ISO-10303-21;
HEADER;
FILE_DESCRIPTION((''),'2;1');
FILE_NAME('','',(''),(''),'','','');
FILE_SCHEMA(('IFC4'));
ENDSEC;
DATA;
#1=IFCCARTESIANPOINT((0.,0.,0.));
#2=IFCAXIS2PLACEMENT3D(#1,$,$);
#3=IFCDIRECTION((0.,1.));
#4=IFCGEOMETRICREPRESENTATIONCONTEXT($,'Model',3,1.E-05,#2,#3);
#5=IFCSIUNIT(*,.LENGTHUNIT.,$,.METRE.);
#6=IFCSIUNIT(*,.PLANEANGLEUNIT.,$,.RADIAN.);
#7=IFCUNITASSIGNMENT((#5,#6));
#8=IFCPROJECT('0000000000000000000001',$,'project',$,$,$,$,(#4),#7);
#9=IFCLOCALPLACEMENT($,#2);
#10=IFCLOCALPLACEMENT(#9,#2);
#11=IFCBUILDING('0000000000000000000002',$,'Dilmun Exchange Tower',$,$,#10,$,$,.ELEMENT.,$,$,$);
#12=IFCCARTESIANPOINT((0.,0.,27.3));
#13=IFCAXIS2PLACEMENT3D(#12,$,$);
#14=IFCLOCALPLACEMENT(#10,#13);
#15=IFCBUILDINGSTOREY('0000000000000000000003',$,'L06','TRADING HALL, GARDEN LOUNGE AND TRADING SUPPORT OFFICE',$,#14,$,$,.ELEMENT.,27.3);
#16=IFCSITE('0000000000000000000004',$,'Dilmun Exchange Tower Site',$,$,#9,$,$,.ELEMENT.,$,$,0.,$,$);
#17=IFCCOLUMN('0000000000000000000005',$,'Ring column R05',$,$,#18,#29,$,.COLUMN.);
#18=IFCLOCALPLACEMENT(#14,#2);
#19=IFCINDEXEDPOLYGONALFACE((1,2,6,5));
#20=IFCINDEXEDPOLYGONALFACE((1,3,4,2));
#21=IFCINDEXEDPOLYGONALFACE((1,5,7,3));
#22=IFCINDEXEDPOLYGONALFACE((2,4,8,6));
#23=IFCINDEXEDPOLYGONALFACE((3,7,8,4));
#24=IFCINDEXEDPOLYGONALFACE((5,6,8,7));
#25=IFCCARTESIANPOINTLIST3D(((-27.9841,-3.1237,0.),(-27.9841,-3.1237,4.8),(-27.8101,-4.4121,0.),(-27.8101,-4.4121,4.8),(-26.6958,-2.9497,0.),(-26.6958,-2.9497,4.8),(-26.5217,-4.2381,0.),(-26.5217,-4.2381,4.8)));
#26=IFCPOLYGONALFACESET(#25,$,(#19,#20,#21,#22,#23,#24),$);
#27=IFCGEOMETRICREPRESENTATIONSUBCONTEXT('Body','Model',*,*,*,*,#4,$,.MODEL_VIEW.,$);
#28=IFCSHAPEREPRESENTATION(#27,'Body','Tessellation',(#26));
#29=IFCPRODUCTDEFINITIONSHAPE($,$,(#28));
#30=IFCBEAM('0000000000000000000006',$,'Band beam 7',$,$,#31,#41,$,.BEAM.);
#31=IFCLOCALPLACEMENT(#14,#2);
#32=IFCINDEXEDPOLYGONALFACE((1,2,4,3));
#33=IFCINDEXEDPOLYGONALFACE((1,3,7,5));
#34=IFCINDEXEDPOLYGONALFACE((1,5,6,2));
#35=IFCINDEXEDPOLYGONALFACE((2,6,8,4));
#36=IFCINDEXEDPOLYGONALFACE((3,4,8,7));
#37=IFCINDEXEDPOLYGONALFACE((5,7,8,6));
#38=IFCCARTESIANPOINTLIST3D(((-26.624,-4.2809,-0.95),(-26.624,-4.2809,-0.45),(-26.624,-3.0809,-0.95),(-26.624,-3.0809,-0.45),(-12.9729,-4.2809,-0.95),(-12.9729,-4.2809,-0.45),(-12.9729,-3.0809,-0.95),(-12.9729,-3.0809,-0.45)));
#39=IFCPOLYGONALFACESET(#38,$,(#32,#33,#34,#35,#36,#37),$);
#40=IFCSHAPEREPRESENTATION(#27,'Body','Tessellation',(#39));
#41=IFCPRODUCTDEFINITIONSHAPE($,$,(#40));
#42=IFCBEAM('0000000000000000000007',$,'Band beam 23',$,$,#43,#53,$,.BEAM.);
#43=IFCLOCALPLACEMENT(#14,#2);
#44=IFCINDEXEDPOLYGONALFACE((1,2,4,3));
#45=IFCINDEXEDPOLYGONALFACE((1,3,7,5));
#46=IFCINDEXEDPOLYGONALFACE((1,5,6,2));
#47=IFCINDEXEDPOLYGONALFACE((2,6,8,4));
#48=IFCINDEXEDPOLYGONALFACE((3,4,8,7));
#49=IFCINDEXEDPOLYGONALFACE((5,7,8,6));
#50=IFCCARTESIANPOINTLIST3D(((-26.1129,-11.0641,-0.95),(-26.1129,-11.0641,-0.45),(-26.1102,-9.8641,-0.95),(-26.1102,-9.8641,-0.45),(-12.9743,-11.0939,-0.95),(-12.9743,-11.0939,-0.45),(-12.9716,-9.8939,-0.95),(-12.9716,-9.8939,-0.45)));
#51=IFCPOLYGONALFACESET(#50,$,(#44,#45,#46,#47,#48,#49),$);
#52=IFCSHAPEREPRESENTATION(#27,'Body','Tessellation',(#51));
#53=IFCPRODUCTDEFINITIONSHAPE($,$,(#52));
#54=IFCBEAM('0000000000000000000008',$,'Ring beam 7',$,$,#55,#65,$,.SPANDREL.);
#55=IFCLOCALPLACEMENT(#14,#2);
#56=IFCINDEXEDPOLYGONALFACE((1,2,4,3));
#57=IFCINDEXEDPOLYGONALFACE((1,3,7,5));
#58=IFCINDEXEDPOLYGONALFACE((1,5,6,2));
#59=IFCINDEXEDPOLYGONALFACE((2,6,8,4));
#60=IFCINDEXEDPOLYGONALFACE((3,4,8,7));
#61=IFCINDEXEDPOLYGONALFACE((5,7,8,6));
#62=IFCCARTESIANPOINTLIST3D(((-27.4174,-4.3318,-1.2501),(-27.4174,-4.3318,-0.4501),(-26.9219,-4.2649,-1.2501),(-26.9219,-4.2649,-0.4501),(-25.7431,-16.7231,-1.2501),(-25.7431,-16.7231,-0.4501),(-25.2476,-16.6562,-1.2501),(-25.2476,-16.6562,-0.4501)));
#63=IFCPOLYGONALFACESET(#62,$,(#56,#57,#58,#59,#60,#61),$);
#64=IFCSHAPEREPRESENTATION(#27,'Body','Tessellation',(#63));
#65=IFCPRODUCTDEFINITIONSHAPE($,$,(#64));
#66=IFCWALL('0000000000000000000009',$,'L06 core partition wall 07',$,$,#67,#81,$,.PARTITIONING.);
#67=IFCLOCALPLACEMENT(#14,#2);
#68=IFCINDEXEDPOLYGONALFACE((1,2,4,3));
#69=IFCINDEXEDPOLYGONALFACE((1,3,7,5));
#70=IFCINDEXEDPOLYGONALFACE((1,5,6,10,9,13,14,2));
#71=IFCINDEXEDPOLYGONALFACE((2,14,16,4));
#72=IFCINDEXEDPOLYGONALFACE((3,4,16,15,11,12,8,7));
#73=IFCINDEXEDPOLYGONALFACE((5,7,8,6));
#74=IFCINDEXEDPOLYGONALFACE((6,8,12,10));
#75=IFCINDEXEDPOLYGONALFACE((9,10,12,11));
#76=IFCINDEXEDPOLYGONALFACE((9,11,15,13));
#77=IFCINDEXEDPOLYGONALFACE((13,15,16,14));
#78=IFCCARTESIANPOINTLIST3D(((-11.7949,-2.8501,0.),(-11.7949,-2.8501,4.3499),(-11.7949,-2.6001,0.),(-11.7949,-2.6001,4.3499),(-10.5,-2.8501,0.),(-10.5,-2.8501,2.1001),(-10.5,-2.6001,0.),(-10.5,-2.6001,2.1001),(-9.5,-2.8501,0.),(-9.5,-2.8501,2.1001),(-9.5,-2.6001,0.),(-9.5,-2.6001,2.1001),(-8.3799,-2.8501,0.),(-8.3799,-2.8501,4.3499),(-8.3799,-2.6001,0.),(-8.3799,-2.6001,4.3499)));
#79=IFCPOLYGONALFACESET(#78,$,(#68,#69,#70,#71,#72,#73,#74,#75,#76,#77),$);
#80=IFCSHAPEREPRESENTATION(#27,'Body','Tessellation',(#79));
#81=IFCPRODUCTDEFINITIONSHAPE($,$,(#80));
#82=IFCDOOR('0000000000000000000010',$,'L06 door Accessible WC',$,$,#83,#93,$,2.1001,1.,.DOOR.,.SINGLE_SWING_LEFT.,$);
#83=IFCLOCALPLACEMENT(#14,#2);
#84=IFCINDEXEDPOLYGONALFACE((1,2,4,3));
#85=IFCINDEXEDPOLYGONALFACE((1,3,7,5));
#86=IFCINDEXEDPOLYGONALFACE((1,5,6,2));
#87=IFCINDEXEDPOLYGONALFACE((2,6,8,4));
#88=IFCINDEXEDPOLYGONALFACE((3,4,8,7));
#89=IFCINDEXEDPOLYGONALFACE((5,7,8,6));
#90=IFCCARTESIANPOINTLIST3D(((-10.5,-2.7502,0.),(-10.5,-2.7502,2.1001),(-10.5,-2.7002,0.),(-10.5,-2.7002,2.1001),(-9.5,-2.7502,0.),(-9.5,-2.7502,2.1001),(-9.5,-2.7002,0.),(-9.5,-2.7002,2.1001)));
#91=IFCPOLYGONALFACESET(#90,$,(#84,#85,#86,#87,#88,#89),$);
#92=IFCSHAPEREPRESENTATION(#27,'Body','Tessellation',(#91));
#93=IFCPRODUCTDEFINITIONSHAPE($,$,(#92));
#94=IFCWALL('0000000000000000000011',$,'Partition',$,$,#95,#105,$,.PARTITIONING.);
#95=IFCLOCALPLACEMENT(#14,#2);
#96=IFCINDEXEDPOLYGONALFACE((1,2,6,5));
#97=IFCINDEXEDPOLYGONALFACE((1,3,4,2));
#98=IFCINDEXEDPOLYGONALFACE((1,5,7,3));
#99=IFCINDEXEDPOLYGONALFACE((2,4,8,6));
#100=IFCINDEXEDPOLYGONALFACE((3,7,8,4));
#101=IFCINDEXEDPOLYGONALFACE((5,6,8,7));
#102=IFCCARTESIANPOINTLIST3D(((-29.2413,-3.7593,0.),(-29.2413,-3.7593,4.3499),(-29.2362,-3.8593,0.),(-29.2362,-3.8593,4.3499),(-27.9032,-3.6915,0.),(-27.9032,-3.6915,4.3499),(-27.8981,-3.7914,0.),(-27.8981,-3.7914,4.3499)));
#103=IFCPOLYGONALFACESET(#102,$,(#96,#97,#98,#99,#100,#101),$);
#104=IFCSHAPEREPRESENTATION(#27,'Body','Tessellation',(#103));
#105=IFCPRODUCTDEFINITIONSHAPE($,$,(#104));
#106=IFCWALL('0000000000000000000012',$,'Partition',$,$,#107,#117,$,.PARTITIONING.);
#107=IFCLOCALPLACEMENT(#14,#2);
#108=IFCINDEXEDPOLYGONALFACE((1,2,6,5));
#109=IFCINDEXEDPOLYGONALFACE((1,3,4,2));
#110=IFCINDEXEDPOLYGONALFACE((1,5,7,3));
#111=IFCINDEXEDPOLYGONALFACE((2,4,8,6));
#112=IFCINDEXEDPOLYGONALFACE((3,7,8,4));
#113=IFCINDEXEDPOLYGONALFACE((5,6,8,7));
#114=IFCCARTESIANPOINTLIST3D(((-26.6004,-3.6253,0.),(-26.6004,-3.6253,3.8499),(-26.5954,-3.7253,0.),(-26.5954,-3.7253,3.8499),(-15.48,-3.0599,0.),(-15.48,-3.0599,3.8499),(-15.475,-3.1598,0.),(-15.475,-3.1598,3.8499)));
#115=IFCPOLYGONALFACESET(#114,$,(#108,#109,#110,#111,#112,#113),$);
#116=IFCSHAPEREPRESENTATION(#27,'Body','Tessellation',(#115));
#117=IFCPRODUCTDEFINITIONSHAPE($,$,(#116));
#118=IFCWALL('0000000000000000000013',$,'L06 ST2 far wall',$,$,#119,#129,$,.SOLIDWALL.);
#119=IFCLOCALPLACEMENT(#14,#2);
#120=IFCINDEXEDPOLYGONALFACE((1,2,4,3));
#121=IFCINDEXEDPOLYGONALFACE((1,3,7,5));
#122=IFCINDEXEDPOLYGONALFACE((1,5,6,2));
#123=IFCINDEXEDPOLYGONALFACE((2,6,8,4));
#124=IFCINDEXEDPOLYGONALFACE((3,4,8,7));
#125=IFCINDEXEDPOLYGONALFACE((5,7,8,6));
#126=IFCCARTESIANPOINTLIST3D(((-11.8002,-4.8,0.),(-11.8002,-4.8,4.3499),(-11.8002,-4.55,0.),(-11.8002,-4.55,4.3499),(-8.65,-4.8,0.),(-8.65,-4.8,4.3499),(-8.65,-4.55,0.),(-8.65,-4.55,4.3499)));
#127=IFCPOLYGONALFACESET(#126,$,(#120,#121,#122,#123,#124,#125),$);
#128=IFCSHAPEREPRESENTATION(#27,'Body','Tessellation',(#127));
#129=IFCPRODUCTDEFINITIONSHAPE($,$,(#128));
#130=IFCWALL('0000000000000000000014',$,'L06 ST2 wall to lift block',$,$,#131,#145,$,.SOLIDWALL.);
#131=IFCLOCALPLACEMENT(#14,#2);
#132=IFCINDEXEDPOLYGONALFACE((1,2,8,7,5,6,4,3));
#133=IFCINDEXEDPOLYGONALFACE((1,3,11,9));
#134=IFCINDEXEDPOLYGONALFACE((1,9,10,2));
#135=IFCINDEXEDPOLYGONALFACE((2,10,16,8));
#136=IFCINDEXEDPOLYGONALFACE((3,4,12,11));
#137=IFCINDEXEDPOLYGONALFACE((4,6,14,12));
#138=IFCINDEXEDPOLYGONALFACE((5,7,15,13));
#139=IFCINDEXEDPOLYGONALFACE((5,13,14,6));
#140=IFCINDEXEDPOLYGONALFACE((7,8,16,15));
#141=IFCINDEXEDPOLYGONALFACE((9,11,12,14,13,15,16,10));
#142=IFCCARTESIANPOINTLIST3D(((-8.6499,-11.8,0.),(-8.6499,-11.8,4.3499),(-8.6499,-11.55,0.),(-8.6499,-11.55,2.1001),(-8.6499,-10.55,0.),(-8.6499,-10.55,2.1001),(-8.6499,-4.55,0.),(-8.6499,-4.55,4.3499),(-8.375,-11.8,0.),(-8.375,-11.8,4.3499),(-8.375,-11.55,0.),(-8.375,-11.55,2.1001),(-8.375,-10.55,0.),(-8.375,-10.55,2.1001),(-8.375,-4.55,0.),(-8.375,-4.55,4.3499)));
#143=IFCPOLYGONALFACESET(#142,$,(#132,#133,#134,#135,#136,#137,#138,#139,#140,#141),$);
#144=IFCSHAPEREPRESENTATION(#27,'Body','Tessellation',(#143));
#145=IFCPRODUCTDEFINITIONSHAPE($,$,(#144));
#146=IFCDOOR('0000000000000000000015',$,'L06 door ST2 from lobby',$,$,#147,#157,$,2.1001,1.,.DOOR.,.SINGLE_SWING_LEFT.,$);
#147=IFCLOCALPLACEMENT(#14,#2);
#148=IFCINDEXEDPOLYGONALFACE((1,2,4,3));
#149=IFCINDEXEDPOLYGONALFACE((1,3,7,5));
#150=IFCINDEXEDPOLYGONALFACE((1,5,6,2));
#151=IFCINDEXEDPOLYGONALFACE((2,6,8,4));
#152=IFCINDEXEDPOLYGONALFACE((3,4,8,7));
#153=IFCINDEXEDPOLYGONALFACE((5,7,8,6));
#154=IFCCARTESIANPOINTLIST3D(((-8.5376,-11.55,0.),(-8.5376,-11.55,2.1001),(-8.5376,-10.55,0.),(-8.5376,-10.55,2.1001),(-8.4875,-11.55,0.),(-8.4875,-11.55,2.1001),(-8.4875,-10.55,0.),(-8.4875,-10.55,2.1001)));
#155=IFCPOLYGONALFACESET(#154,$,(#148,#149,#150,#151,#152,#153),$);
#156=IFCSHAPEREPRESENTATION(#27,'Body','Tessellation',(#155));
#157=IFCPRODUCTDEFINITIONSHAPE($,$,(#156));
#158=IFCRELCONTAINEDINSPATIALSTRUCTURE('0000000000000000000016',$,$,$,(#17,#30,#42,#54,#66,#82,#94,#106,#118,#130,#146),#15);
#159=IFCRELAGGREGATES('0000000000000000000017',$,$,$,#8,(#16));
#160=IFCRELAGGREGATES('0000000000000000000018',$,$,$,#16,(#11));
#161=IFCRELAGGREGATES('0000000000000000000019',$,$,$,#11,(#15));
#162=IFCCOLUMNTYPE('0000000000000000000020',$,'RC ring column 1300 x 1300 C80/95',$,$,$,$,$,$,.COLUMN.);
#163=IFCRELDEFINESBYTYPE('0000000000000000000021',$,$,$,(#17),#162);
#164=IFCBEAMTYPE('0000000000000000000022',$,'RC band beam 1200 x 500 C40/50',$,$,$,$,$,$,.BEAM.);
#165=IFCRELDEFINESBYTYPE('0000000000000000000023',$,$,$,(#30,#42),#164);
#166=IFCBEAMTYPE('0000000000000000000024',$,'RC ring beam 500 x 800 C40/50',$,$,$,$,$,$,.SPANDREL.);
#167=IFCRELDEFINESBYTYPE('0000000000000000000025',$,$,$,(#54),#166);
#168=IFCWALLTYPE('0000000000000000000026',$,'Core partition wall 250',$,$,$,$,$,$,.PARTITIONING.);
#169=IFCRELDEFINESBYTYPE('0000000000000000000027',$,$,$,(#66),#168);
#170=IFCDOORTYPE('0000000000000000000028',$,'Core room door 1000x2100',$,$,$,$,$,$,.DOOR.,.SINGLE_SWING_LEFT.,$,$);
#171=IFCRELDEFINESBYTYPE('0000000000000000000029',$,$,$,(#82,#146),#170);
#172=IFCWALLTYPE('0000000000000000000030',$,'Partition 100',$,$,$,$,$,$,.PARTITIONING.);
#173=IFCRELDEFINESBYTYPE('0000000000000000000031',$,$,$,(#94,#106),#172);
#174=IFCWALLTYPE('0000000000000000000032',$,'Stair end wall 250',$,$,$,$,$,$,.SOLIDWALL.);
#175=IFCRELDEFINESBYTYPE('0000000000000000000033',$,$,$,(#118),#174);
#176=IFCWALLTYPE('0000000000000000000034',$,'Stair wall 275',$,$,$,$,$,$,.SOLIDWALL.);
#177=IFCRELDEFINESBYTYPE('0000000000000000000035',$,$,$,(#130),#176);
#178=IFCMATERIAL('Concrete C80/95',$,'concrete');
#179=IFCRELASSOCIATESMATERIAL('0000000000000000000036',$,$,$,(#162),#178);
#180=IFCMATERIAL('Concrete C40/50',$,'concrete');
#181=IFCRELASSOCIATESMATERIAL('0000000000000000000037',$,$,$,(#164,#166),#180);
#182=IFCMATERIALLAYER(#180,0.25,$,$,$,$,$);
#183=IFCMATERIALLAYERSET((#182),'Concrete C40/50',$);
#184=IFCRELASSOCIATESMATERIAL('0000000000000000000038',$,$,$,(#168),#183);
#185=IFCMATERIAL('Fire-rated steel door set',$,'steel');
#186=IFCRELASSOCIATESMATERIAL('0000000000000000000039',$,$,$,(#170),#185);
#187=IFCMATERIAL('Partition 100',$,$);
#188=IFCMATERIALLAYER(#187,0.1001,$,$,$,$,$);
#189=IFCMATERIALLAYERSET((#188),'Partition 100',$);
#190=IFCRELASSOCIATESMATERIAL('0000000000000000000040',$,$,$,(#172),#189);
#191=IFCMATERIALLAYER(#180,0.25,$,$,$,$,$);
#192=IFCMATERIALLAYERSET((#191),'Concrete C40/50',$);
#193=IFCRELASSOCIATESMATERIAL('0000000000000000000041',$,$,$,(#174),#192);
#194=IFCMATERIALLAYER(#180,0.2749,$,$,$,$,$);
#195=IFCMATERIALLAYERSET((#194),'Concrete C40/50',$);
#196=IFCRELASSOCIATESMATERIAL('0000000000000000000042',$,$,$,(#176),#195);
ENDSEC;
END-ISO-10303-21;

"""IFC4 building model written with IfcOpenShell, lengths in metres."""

from ifc_helpers import new_model, si_unit, direction, frame, frame_2d, origin, origin_2d, place, context, subcontext, project, spatial, rectangle, extrude, material, layer, layer_set, material_profile, profile_set, type_object, element, fill, save


model = new_model("IFC4")

# Units and contexts
model_context = context("Model", 3, precision=1e-05, world=origin(), true_north=direction((0.0, 1.0)))
body_context = subcontext(model_context, "Body", "Model", "MODEL_VIEW")
ifc_project = project(units=[si_unit("LENGTHUNIT", "METRE"), si_unit("PLANEANGLEUNIT", "RADIAN")], contexts=[model_context])

# Site, building, storey
site_placement = place(None, origin())
site = spatial("IfcSite", under=ifc_project, at=site_placement, Name="Dilmun Exchange Tower Site", CompositionType="ELEMENT", RefElevation=0.0)
building_placement = place(site_placement, origin())
building = spatial("IfcBuilding", under=site, at=building_placement, Name="Dilmun Exchange Tower", CompositionType="ELEMENT")
storey_placement = place(building_placement, frame((0.0, 0.0, 27.3)))
storey = spatial("IfcBuildingStorey", under=building, at=storey_placement, Name="L06", Description="TRADING HALL, GARDEN LOUNGE AND TRADING SUPPORT OFFICE", CompositionType="ELEMENT", Elevation=27.3)

# Column
ifc_material_1 = material(Name="Concrete C80/95", Category="concrete")
ifc_material_profile_1 = material_profile(ifc_material_1, rectangle(XDim=1.3, YDim=1.3, at=origin_2d()), Name="1300 x 1300")
ifc_profile_set_1 = profile_set([ifc_material_profile_1], Name="Concrete C80/95")
column_type = type_object("IfcColumnType", Name="RC ring column 1300 x 1300 C80/95", PredefinedType="COLUMN", material=ifc_profile_set_1)
column_placement = place(storey_placement, frame((-27.2529, -3.6809, 0.0), z_axis=(0.0, 0.0, 1.0), x_axis=(0.991001, 0.133853, 0.0)))
element("IfcColumn", 1, at=column_placement, inside=storey, type_object=column_type, Name="Ring column R05", PredefinedType="COLUMN", context=body_context, shape_type="SweptSolid", body=[
    extrude(rectangle(XDim=1.3, YDim=1.3, at=origin_2d()), origin(), (0.0, 0.0, 1.0), 4.8),
])

# Beams
ifc_material_2 = material(Name="Concrete C40/50", Category="concrete")
ifc_material_profile_2 = material_profile(ifc_material_2, rectangle(XDim=1.2, YDim=0.5, at=origin_2d()), Name="1200 x 500")
ifc_profile_set_2 = profile_set([ifc_material_profile_2], Name="Concrete C40/50")
beam_type_1 = type_object("IfcBeamType", Name="RC band beam 1200 x 500 C40/50", PredefinedType="BEAM", material=ifc_profile_set_2)
beam_1_placement = place(storey_placement, frame((-26.624, -3.6809, -0.7), z_axis=(1.0, 0.0, 0.0), x_axis=(0.0, 1.0, 0.0)))
element("IfcBeam", 2, at=beam_1_placement, inside=storey, type_object=beam_type_1, Name="Band beam 7", PredefinedType="BEAM", context=body_context, shape_type="SweptSolid", body=[
    extrude(rectangle(XDim=1.2, YDim=0.5, at=origin_2d()), origin(), (0.0, 0.0, 1.0), 13.6511),
])
beam_2_placement = place(storey_placement, frame((-26.1116, -10.4641, -0.7), z_axis=(0.999997, -0.002267, 0.0), x_axis=(0.002267, 0.999997, 0.0)))
element("IfcBeam", 3, at=beam_2_placement, inside=storey, type_object=beam_type_1, Name="Band beam 23", PredefinedType="BEAM", context=body_context, shape_type="SweptSolid", body=[
    extrude(rectangle(XDim=1.2, YDim=0.5, at=origin_2d()), origin(), (0.0, 0.0, 1.0), 13.1387),
])
ifc_material_profile_3 = material_profile(ifc_material_2, rectangle(XDim=0.5, YDim=0.8, at=origin_2d()), Name="500 x 800")
ifc_profile_set_3 = profile_set([ifc_material_profile_3], Name="Concrete C40/50")
beam_type_2 = type_object("IfcBeamType", Name="RC ring beam 500 x 800 C40/50", PredefinedType="SPANDREL", material=ifc_profile_set_3)
beam_3_placement = place(storey_placement, frame((-27.1697, -4.2983, -0.8501), z_axis=(0.133903, -0.990994, 0.0), x_axis=(0.990994, 0.133903, 0.0)))
element("IfcBeam", 4, at=beam_3_placement, inside=storey, type_object=beam_type_2, Name="Ring beam 7", PredefinedType="SPANDREL", context=body_context, shape_type="SweptSolid", body=[
    extrude(rectangle(XDim=0.5, YDim=0.8, at=origin_2d()), origin(), (0.0, 0.0, 1.0), 12.5039),
])

# Wall, opening, door
ifc_layer_1 = layer(ifc_material_2, 0.25)
ifc_layer_set_1 = layer_set([ifc_layer_1], Name="Concrete C40/50")
wall_type_1 = type_object("IfcWallType", Name="Core partition wall 250", PredefinedType="PARTITIONING", material=ifc_layer_set_1)
wall_1_placement = place(storey_placement, frame((-11.7949, -2.7251, 0.0), z_axis=(0.0, 0.0, 1.0), x_axis=(1.0, 0.0, 0.0)))
wall_1 = element("IfcWall", 5, at=wall_1_placement, inside=storey, type_object=wall_type_1, Name="L06 core partition wall 07", PredefinedType="PARTITIONING", context=body_context, shape_type="SweptSolid", body=[
    extrude(rectangle(XDim=3.415, YDim=0.25, at=frame_2d((1.7075, 0.0))), origin(), (0.0, 0.0, 1.0), 4.3499),
])
opening_1_placement = place(wall_1_placement, frame((1.2949, 0.0, 0.0)))
opening_1 = element("IfcOpeningElement", 6, at=opening_1_placement, cuts=wall_1, PredefinedType="OPENING", context=body_context, shape_type="SweptSolid", body=[
    extrude(rectangle(XDim=1.0, YDim=2.1001, at=frame_2d((0.5, 1.05))), frame((0.0, 0.135, 0.0), z_axis=(0.0, -1.0, 0.0), x_axis=(1.0, 0.0, 0.0)), (0.0, 0.0, 1.0), 0.27),
])
ifc_material_3 = material(Name="Fire-rated steel door set", Category="steel")
door_type = type_object("IfcDoorType", Name="Core room door 1000x2100", OperationType="SINGLE_SWING_LEFT", PredefinedType="DOOR", material=ifc_material_3)
door_1_placement = place(opening_1_placement, origin())
door_1 = element("IfcDoor", 7, at=door_1_placement, inside=storey, type_object=door_type, Name="L06 door Accessible WC", OperationType="SINGLE_SWING_LEFT", OverallHeight=2.1001, OverallWidth=1.0, PredefinedType="DOOR", context=body_context, shape_type="SweptSolid", body=[
    extrude(rectangle(XDim=1.0, YDim=2.1001, at=frame_2d((0.5, 1.05))), frame((0.0, 0.0249, 0.0), z_axis=(0.0, -1.0, 0.0), x_axis=(1.0, 0.0, 0.0)), (0.0, 0.0, 1.0), 0.05),
])
fill(opening_1, door_1)

# Walls
ifc_material_4 = material(Name="Partition 100")
ifc_layer_2 = layer(ifc_material_4, 0.1001)
ifc_layer_set_2 = layer_set([ifc_layer_2], Name="Partition 100")
wall_type_2 = type_object("IfcWallType", Name="Partition 100", PredefinedType="PARTITIONING", material=ifc_layer_set_2)
wall_2_placement = place(storey_placement, frame((-29.2388, -3.8093, 0.0), z_axis=(0.0, 0.0, 1.0), x_axis=(0.998716, 0.050656, 0.0)))
element("IfcWall", 8, at=wall_2_placement, inside=storey, type_object=wall_type_2, Name="Partition", PredefinedType="PARTITIONING", context=body_context, shape_type="SweptSolid", body=[
    extrude(rectangle(XDim=1.3398, YDim=0.1001, at=frame_2d((0.6699, 0.0))), origin(), (0.0, 0.0, 1.0), 4.3499),
])
wall_3_placement = place(storey_placement, frame((-26.5979, -3.6753, 0.0), z_axis=(0.0, 0.0, 1.0), x_axis=(0.99871, 0.050781, 0.0)))
element("IfcWall", 9, at=wall_3_placement, inside=storey, type_object=wall_type_2, Name="Partition", PredefinedType="PARTITIONING", context=body_context, shape_type="SweptSolid", body=[
    extrude(rectangle(XDim=11.1348, YDim=0.1001, at=frame_2d((5.5674, 0.0))), origin(), (0.0, 0.0, 1.0), 3.8499),
])
ifc_layer_3 = layer(ifc_material_2, 0.25)
ifc_layer_set_3 = layer_set([ifc_layer_3], Name="Concrete C40/50")
wall_type_3 = type_object("IfcWallType", Name="Stair end wall 250", PredefinedType="SOLIDWALL", material=ifc_layer_set_3)
wall_4_placement = place(storey_placement, frame((-8.6499, -4.675, 0.0), z_axis=(0.0, 0.0, 1.0), x_axis=(-1.0, 0.0, 0.0)))
element("IfcWall", 10, at=wall_4_placement, inside=storey, type_object=wall_type_3, Name="L06 ST2 far wall", PredefinedType="SOLIDWALL", context=body_context, shape_type="SweptSolid", body=[
    extrude(rectangle(XDim=3.1501, YDim=0.25, at=frame_2d((1.5752, 0.0))), origin(), (0.0, 0.0, 1.0), 4.3499),
])

# Wall, opening, door
ifc_layer_4 = layer(ifc_material_2, 0.2749)
ifc_layer_set_4 = layer_set([ifc_layer_4], Name="Concrete C40/50")
wall_type_4 = type_object("IfcWallType", Name="Stair wall 275", PredefinedType="SOLIDWALL", material=ifc_layer_set_4)
wall_5_placement = place(storey_placement, frame((-8.5125, -4.55, 0.0), z_axis=(0.0, 0.0, 1.0), x_axis=(0.0, -1.0, 0.0)))
wall_5 = element("IfcWall", 11, at=wall_5_placement, inside=storey, type_object=wall_type_4, Name="L06 ST2 wall to lift block", PredefinedType="SOLIDWALL", context=body_context, shape_type="SweptSolid", body=[
    extrude(rectangle(XDim=7.25, YDim=0.2749, at=frame_2d((3.625, 0.0))), origin(), (0.0, 0.0, 1.0), 4.3499),
])
opening_2_placement = place(wall_5_placement, frame((6.0, 0.0, 0.0)))
opening_2 = element("IfcOpeningElement", 12, at=opening_2_placement, cuts=wall_5, PredefinedType="OPENING", context=body_context, shape_type="SweptSolid", body=[
    extrude(rectangle(XDim=1.0, YDim=2.1001, at=frame_2d((0.5, 1.05))), frame((0.0, 0.1475, 0.0), z_axis=(0.0, -1.0, 0.0), x_axis=(1.0, 0.0, 0.0)), (0.0, 0.0, 1.0), 0.2949),
])
door_2_placement = place(opening_2_placement, origin())
door_2 = element("IfcDoor", 13, at=door_2_placement, inside=storey, type_object=door_type, Name="L06 door ST2 from lobby", OperationType="SINGLE_SWING_LEFT", OverallHeight=2.1001, OverallWidth=1.0, PredefinedType="DOOR", context=body_context, shape_type="SweptSolid", body=[
    extrude(rectangle(XDim=1.0, YDim=2.1001, at=frame_2d((0.5, 1.05))), frame((0.0, 0.0249, 0.0), z_axis=(0.0, -1.0, 0.0), x_axis=(1.0, 0.0, 0.0)), (0.0, 0.0, 1.0), 0.05),
])
fill(opening_2, door_2)

save(model, "model.ifc")
